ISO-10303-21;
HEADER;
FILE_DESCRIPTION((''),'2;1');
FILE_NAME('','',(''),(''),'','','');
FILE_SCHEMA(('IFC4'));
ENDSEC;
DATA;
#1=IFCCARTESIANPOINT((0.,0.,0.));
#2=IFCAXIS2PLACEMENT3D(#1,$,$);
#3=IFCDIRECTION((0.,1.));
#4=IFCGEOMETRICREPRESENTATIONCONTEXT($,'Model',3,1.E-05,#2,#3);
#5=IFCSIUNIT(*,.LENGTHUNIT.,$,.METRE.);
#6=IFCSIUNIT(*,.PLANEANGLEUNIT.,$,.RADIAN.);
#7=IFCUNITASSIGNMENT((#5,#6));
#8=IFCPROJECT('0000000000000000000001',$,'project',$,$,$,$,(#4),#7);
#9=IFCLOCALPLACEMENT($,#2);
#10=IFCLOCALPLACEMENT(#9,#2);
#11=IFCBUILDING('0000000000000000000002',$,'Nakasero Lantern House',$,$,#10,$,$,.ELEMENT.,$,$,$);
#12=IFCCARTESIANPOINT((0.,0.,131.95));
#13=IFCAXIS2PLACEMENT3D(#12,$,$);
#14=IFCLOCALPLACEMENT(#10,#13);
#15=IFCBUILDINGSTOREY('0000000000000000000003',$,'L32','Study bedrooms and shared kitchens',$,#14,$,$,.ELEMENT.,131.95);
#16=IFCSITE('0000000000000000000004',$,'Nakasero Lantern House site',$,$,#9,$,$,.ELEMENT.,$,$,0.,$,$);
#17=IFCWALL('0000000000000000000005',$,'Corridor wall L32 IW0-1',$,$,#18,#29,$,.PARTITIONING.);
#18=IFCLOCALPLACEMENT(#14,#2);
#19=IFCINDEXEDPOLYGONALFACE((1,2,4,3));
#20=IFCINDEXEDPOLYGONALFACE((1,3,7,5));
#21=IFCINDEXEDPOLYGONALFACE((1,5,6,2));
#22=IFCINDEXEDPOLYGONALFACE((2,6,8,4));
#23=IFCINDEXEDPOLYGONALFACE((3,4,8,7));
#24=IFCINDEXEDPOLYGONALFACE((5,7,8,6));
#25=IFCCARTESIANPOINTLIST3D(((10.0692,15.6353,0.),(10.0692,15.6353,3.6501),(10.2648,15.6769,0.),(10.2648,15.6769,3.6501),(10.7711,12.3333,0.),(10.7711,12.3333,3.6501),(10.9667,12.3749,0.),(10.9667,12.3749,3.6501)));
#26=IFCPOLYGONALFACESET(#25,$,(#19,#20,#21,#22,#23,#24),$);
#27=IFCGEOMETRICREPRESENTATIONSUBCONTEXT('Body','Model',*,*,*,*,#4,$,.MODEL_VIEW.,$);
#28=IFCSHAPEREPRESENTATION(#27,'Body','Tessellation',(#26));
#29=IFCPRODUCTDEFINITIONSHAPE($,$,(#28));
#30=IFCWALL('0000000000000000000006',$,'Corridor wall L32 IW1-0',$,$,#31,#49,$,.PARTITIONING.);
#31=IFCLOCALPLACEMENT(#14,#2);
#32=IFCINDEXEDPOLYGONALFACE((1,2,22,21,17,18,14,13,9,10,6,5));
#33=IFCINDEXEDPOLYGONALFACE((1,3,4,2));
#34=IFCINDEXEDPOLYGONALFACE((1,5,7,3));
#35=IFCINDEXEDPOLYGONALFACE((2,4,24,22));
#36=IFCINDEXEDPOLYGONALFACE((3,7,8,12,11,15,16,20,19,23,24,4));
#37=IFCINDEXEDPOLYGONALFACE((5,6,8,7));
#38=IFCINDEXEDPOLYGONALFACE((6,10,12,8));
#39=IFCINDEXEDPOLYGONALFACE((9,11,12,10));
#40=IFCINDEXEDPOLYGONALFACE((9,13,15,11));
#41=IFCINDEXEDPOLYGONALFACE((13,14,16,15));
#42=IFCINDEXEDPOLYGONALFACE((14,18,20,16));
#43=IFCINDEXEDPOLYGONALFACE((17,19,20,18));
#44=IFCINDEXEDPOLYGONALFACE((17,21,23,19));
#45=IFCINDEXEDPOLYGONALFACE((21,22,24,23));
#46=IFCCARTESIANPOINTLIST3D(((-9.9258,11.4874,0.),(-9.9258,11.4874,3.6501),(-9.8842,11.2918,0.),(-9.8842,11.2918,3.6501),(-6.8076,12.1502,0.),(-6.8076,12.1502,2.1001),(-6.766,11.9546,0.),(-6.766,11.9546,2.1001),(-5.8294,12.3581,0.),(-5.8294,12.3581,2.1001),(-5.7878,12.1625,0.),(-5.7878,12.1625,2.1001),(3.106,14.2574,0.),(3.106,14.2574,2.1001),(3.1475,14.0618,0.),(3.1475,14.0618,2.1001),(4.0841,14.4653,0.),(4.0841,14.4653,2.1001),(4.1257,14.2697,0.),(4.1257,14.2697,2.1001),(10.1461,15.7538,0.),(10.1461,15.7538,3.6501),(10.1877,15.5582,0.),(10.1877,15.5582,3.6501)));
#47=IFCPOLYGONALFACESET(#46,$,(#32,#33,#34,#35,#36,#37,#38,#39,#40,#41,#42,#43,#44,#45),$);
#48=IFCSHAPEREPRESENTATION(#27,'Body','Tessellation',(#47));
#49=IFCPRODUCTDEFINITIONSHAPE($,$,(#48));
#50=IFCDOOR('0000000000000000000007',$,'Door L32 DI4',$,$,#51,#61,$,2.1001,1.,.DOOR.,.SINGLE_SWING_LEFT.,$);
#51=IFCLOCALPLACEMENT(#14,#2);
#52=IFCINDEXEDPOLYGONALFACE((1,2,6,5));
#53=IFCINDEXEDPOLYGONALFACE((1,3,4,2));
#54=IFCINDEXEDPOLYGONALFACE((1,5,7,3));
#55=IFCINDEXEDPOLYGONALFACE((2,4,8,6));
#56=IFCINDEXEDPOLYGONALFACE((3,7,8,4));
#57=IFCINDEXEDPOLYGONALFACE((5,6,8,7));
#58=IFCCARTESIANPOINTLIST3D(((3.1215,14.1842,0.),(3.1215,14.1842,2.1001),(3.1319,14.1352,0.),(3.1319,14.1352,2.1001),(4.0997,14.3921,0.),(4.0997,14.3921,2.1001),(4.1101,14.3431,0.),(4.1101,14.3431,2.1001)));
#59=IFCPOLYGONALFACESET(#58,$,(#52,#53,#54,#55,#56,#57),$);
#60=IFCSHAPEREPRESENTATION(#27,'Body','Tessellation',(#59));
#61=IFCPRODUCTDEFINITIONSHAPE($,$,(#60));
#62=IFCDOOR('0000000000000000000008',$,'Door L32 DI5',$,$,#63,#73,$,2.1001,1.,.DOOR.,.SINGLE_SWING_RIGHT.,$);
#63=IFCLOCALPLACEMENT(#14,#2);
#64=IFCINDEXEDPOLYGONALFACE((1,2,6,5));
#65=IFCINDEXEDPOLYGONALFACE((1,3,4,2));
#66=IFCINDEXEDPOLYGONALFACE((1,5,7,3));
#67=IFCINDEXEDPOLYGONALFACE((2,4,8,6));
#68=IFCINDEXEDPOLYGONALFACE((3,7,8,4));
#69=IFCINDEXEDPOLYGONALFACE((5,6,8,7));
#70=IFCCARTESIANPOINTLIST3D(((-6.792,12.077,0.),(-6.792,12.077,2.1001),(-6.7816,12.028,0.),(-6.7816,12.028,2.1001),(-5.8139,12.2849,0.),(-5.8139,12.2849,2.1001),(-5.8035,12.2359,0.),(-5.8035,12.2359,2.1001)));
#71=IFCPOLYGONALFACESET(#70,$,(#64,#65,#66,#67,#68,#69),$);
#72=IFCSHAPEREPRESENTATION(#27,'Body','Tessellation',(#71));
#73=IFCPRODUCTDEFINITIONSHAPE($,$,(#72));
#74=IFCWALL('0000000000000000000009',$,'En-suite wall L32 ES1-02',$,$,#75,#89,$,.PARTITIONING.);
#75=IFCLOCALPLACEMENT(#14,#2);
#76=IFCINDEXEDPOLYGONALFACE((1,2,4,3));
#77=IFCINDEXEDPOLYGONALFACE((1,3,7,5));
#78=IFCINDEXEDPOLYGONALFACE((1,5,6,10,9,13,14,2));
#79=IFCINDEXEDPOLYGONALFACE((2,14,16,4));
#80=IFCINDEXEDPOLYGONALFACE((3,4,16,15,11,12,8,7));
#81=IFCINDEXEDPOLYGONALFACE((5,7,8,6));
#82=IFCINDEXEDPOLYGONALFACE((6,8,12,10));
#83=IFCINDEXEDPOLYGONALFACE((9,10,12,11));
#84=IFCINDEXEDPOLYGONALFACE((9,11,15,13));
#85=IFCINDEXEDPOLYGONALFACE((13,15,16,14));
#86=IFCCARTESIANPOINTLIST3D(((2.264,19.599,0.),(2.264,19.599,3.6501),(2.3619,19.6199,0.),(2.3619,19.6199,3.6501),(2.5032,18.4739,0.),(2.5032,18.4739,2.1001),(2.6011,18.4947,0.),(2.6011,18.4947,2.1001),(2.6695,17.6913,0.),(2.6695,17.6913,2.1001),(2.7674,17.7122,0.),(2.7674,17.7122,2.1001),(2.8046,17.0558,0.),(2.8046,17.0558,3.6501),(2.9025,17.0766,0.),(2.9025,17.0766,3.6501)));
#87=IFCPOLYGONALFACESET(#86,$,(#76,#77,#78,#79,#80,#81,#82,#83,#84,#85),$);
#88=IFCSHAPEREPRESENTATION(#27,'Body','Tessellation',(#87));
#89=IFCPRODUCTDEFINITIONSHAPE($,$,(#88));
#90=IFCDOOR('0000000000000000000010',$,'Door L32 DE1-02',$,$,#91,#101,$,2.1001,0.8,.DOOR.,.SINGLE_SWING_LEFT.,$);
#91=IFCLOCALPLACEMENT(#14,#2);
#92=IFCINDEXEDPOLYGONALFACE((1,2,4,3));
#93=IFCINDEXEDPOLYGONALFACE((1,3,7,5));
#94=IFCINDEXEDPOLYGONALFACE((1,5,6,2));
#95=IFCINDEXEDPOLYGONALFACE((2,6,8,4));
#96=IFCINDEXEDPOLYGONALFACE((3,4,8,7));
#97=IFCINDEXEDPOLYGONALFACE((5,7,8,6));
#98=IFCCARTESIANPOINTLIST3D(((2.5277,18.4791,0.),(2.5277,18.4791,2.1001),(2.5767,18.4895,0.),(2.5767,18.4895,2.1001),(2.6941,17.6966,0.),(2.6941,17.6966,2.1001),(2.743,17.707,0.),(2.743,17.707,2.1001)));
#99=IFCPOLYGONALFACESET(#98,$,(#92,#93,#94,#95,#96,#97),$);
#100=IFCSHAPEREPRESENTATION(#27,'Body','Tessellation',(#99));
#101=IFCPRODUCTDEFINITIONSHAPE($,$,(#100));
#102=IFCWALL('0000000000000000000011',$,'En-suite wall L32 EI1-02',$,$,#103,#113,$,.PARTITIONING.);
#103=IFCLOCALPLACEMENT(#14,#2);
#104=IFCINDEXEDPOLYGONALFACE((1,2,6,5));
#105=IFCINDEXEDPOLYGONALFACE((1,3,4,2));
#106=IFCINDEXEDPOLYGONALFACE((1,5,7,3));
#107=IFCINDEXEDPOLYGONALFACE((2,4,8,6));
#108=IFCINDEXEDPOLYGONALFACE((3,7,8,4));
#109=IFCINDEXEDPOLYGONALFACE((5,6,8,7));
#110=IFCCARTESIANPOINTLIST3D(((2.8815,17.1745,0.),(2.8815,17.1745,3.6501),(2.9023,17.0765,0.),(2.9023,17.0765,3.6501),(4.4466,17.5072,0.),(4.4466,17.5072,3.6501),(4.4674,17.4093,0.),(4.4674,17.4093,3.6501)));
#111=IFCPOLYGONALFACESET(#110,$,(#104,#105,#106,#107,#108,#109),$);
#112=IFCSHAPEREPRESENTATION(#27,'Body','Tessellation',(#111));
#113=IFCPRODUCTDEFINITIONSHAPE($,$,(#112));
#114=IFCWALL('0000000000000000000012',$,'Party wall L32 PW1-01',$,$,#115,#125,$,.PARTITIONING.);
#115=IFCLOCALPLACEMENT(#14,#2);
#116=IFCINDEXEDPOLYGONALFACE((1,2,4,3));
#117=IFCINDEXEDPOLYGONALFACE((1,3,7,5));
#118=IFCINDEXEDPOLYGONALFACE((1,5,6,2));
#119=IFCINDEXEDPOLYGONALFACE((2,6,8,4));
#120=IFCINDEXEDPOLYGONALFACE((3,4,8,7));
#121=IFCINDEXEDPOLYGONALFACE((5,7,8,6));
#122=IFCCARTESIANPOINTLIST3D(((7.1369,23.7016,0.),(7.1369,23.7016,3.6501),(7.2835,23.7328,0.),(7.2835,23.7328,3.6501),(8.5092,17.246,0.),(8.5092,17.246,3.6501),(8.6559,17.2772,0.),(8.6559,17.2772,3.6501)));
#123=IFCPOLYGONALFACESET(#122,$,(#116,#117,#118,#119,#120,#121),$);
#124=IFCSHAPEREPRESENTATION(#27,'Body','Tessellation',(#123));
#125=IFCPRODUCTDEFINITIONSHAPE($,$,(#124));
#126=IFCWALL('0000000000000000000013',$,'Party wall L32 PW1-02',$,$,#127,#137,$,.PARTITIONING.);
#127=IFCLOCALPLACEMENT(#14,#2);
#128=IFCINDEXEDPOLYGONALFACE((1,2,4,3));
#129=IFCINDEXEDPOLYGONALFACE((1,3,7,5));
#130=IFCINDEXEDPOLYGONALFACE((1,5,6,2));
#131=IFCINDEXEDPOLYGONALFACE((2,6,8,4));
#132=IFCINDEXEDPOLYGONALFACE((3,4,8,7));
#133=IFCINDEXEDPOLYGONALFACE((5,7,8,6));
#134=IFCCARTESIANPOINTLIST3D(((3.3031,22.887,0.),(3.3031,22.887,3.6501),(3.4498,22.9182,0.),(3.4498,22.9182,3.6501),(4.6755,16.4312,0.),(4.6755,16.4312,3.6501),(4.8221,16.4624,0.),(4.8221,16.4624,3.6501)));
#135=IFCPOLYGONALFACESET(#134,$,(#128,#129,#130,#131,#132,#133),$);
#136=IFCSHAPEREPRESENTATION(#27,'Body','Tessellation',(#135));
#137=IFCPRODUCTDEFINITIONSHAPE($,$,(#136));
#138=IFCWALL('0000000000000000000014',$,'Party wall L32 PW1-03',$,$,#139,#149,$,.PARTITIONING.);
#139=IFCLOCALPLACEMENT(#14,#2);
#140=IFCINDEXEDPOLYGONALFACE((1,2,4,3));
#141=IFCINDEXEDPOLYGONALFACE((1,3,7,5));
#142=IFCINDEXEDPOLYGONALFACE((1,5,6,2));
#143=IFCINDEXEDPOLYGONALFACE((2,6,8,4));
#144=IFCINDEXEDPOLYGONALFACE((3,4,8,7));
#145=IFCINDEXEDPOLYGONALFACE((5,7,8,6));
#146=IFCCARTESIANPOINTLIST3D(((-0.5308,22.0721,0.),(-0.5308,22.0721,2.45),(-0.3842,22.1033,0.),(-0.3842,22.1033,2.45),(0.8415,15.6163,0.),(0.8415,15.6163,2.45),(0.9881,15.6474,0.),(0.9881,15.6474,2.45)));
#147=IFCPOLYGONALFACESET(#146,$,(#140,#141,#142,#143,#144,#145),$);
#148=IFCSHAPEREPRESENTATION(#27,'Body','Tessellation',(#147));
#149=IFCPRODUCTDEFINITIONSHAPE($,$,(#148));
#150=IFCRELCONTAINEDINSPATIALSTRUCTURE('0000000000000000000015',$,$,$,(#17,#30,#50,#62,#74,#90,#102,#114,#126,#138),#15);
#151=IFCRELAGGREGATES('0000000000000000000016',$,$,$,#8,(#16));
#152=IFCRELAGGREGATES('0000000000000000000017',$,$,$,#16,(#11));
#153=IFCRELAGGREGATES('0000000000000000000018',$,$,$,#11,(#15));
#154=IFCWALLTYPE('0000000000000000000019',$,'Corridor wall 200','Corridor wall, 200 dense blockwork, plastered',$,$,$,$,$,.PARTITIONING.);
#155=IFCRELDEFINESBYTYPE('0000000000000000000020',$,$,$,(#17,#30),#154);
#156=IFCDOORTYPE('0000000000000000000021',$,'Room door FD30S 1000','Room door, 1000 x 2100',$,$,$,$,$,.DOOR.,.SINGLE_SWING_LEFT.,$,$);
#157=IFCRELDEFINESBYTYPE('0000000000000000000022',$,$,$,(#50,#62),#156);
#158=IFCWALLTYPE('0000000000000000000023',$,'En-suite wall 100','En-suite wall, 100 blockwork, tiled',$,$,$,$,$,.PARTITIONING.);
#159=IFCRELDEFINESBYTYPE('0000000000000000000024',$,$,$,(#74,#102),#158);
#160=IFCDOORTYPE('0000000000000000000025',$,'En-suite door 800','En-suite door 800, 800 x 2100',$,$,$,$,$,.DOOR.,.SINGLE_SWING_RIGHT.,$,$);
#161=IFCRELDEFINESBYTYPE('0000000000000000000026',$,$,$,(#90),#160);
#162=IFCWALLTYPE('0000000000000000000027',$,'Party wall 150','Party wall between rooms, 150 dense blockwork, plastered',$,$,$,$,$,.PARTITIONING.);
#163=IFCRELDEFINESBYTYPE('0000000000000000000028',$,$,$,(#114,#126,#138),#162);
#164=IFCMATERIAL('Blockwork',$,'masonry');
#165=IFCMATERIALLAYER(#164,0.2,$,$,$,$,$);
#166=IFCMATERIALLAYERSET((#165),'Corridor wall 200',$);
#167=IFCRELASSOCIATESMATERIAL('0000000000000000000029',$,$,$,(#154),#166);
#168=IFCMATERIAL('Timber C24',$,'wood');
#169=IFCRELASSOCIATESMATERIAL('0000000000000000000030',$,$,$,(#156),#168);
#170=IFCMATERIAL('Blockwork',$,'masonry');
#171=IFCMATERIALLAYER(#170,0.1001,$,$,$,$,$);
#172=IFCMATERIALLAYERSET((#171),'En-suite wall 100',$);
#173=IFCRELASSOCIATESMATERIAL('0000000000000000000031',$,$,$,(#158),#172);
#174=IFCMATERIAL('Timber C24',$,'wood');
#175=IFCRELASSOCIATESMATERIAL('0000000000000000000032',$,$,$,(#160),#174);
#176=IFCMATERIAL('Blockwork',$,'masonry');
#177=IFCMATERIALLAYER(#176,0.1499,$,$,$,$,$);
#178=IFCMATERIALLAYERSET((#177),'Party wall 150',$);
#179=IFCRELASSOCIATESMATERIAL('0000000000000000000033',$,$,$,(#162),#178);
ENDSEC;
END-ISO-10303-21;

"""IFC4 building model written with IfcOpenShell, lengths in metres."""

from ifc_helpers import new_model, si_unit, direction, frame, frame_2d, origin, place, context, subcontext, project, spatial, rectangle, extrude, material, layer, layer_set, type_object, element, fill, save


model = new_model("IFC4")

# Units and contexts
model_context = context("Model", 3, precision=1e-05, world=origin(), true_north=direction((0.0, 1.0)))
body_context = subcontext(model_context, "Body", "Model", "MODEL_VIEW")
ifc_project = project(units=[si_unit("LENGTHUNIT", "METRE"), si_unit("PLANEANGLEUNIT", "RADIAN")], contexts=[model_context])

# Site, building, storey
site_placement = place(None, origin())
site = spatial("IfcSite", under=ifc_project, at=site_placement, Name="Nakasero Lantern House site", CompositionType="ELEMENT", RefElevation=0.0)
building_placement = place(site_placement, origin())
building = spatial("IfcBuilding", under=site, at=building_placement, Name="Nakasero Lantern House", CompositionType="ELEMENT")
storey_placement = place(building_placement, frame((0.0, 0.0, 131.95)))
storey = spatial("IfcBuildingStorey", under=building, at=storey_placement, Name="L32", Description="Study bedrooms and shared kitchens", CompositionType="ELEMENT", Elevation=131.95)

# Wall
ifc_material_1 = material(Name="Blockwork", Category="masonry")
ifc_layer_1 = layer(ifc_material_1, 0.2)
ifc_layer_set_1 = layer_set([ifc_layer_1], Name="Corridor wall 200")
wall_type_1 = type_object("IfcWallType", Name="Corridor wall 200", Description="Corridor wall, 200 dense blockwork, plastered", PredefinedType="PARTITIONING", material=ifc_layer_set_1)
wall_1_placement = place(storey_placement, frame((10.8689, 12.354, 0.0), z_axis=(0.0, 0.0, 1.0), x_axis=(-0.207924, 0.978145, 0.0)))
element("IfcWall", 1, at=wall_1_placement, inside=storey, type_object=wall_type_1, Name="Corridor wall L32 IW0-1", PredefinedType="PARTITIONING", context=body_context, shape_type="SweptSolid", body=[
    extrude(rectangle(XDim=3.3757, YDim=0.2, at=frame_2d((1.688, 0.0))), origin(), (0.0, 0.0, 1.0), 3.6501),
])

# Wall, openings, doors
wall_2_placement = place(storey_placement, frame((10.167, 15.656, 0.0), z_axis=(0.0, 0.0, 1.0), x_axis=(-0.978148, -0.20791, 0.0)))
wall_2 = element("IfcWall", 2, at=wall_2_placement, inside=storey, type_object=wall_type_1, Name="Corridor wall L32 IW1-0", PredefinedType="PARTITIONING", context=body_context, shape_type="SweptSolid", body=[
    extrude(rectangle(XDim=20.5203, YDim=0.2, at=frame_2d((10.2603, 0.0))), origin(), (0.0, 0.0, 1.0), 3.6501),
])
opening_1_placement = place(wall_2_placement, frame((6.1975, 0.0, 0.0)))
opening_1 = element("IfcOpeningElement", 3, at=opening_1_placement, cuts=wall_2, PredefinedType="OPENING", context=body_context, shape_type="SweptSolid", body=[
    extrude(rectangle(XDim=1.0, YDim=2.1001, at=frame_2d((0.5, 1.05))), frame((0.0, 0.1199, 0.0), z_axis=(0.0, -1.0, 0.0), x_axis=(1.0, 0.0, 0.0)), (0.0, 0.0, 1.0), 0.24),
])
opening_2_placement = place(wall_2_placement, frame((16.3325, 0.0, 0.0)))
opening_2 = element("IfcOpeningElement", 4, at=opening_2_placement, cuts=wall_2, PredefinedType="OPENING", context=body_context, shape_type="SweptSolid", body=[
    extrude(rectangle(XDim=1.0, YDim=2.1001, at=frame_2d((0.5, 1.05))), frame((0.0, 0.1199, 0.0), z_axis=(0.0, -1.0, 0.0), x_axis=(1.0, 0.0, 0.0)), (0.0, 0.0, 1.0), 0.24),
])
ifc_material_2 = material(Name="Timber C24", Category="wood")
door_type_1 = type_object("IfcDoorType", Name="Room door FD30S 1000", Description="Room door, 1000 x 2100", OperationType="SINGLE_SWING_LEFT", PredefinedType="DOOR", material=ifc_material_2)
door_1_placement = place(opening_1_placement, origin())
door_1 = element("IfcDoor", 5, at=door_1_placement, inside=storey, type_object=door_type_1, Name="Door L32 DI4", OperationType="SINGLE_SWING_LEFT", OverallHeight=2.1001, OverallWidth=1.0, PredefinedType="DOOR", context=body_context, shape_type="SweptSolid", body=[
    extrude(rectangle(XDim=1.0, YDim=2.1001, at=frame_2d((0.5, 1.05))), frame((0.0, 0.0249, 0.0), z_axis=(0.0, -1.0, 0.0), x_axis=(1.0, 0.0, 0.0)), (0.0, 0.0, 1.0), 0.05),
])
fill(opening_1, door_1)
door_2_placement = place(opening_2_placement, origin())
door_2 = element("IfcDoor", 6, at=door_2_placement, inside=storey, type_object=door_type_1, Name="Door L32 DI5", OperationType="SINGLE_SWING_RIGHT", OverallHeight=2.1001, OverallWidth=1.0, PredefinedType="DOOR", context=body_context, shape_type="SweptSolid", body=[
    extrude(rectangle(XDim=1.0, YDim=2.1001, at=frame_2d((0.5, 1.05))), frame((0.0, 0.0249, 0.0), z_axis=(0.0, -1.0, 0.0), x_axis=(1.0, 0.0, 0.0)), (0.0, 0.0, 1.0), 0.05),
])
fill(opening_2, door_2)

# Wall, opening, door
ifc_material_3 = material(Name="Blockwork", Category="masonry")
ifc_layer_2 = layer(ifc_material_3, 0.1001)
ifc_layer_set_2 = layer_set([ifc_layer_2], Name="En-suite wall 100")
wall_type_2 = type_object("IfcWallType", Name="En-suite wall 100", Description="En-suite wall, 100 blockwork, tiled", PredefinedType="PARTITIONING", material=ifc_layer_set_2)
wall_3_placement = place(storey_placement, frame((2.8535, 17.0662, 0.0), z_axis=(0.0, 0.0, 1.0), x_axis=(-0.207894, 0.978151, 0.0)))
wall_3 = element("IfcWall", 7, at=wall_3_placement, inside=storey, type_object=wall_type_2, Name="En-suite wall L32 ES1-02", PredefinedType="PARTITIONING", context=body_context, shape_type="SweptSolid", body=[
    extrude(rectangle(XDim=2.6001, YDim=0.1001, at=frame_2d((1.3, 0.0))), origin(), (0.0, 0.0, 1.0), 3.6501),
])
opening_3_placement = place(wall_3_placement, frame((0.6499, 0.0, 0.0)))
opening_3 = element("IfcOpeningElement", 8, at=opening_3_placement, cuts=wall_3, PredefinedType="OPENING", context=body_context, shape_type="SweptSolid", body=[
    extrude(rectangle(XDim=0.8, YDim=2.1001, at=frame_2d((0.3999, 1.05))), frame((0.0, 0.0701, 0.0), z_axis=(0.0, -1.0, 0.0), x_axis=(1.0, 0.0, 0.0)), (0.0, 0.0, 1.0), 0.1401),
])
ifc_material_4 = material(Name="Timber C24", Category="wood")
door_type_2 = type_object("IfcDoorType", Name="En-suite door 800", Description="En-suite door 800, 800 x 2100", OperationType="SINGLE_SWING_RIGHT", PredefinedType="DOOR", material=ifc_material_4)
door_3_placement = place(opening_3_placement, origin())
door_3 = element("IfcDoor", 9, at=door_3_placement, inside=storey, type_object=door_type_2, Name="Door L32 DE1-02", OperationType="SINGLE_SWING_LEFT", OverallHeight=2.1001, OverallWidth=0.8, PredefinedType="DOOR", context=body_context, shape_type="SweptSolid", body=[
    extrude(rectangle(XDim=0.8, YDim=2.1001, at=frame_2d((0.3999, 1.05))), frame((0.0, 0.0249, 0.0), z_axis=(0.0, -1.0, 0.0), x_axis=(1.0, 0.0, 0.0)), (0.0, 0.0, 1.0), 0.05),
])
fill(opening_3, door_3)

# Walls
wall_4_placement = place(storey_placement, frame((4.457, 17.4583, 0.0), z_axis=(0.0, 0.0, 1.0), x_axis=(-0.978138, -0.207955, 0.0)))
element("IfcWall", 10, at=wall_4_placement, inside=storey, type_object=wall_type_2, Name="En-suite wall L32 EI1-02", PredefinedType="PARTITIONING", context=body_context, shape_type="SweptSolid", body=[
    extrude(rectangle(XDim=1.6001, YDim=0.1001, at=frame_2d((0.8, 0.0))), origin(), (0.0, 0.0, 1.0), 3.6501),
])
ifc_material_5 = material(Name="Blockwork", Category="masonry")
ifc_layer_3 = layer(ifc_material_5, 0.1499)
ifc_layer_set_3 = layer_set([ifc_layer_3], Name="Party wall 150")
wall_type_3 = type_object("IfcWallType", Name="Party wall 150", Description="Party wall between rooms, 150 dense blockwork, plastered", PredefinedType="PARTITIONING", material=ifc_layer_set_3)
wall_5_placement = place(storey_placement, frame((8.5825, 17.2617, 0.0), z_axis=(0.0, 0.0, 1.0), x_axis=(-0.207932, 0.978143, 0.0)))
element("IfcWall", 11, at=wall_5_placement, inside=storey, type_object=wall_type_3, Name="Party wall L32 PW1-01", PredefinedType="PARTITIONING", context=body_context, shape_type="SweptSolid", body=[
    extrude(rectangle(XDim=6.5999, YDim=0.1499, at=frame_2d((3.2998, 0.0))), origin(), (0.0, 0.0, 1.0), 3.6501),
])
wall_6_placement = place(storey_placement, frame((4.7488, 16.4468, 0.0), z_axis=(0.0, 0.0, 1.0), x_axis=(-0.207925, 0.978145, 0.0)))
element("IfcWall", 12, at=wall_6_placement, inside=storey, type_object=wall_type_3, Name="Party wall L32 PW1-02", PredefinedType="PARTITIONING", context=body_context, shape_type="SweptSolid", body=[
    extrude(rectangle(XDim=6.6001, YDim=0.1499, at=frame_2d((3.3, 0.0))), origin(), (0.0, 0.0, 1.0), 3.6501),
])
wall_7_placement = place(storey_placement, frame((0.9148, 15.6318, 0.0), z_axis=(0.0, 0.0, 1.0), x_axis=(-0.207925, 0.978145, 0.0)))
element("IfcWall", 13, at=wall_7_placement, inside=storey, type_object=wall_type_3, Name="Party wall L32 PW1-03", PredefinedType="PARTITIONING", context=body_context, shape_type="SweptSolid", body=[
    extrude(rectangle(XDim=6.6001, YDim=0.1499, at=frame_2d((3.3, 0.0))), origin(), (0.0, 0.0, 1.0), 2.45),
])

save(model, "model.ifc")
